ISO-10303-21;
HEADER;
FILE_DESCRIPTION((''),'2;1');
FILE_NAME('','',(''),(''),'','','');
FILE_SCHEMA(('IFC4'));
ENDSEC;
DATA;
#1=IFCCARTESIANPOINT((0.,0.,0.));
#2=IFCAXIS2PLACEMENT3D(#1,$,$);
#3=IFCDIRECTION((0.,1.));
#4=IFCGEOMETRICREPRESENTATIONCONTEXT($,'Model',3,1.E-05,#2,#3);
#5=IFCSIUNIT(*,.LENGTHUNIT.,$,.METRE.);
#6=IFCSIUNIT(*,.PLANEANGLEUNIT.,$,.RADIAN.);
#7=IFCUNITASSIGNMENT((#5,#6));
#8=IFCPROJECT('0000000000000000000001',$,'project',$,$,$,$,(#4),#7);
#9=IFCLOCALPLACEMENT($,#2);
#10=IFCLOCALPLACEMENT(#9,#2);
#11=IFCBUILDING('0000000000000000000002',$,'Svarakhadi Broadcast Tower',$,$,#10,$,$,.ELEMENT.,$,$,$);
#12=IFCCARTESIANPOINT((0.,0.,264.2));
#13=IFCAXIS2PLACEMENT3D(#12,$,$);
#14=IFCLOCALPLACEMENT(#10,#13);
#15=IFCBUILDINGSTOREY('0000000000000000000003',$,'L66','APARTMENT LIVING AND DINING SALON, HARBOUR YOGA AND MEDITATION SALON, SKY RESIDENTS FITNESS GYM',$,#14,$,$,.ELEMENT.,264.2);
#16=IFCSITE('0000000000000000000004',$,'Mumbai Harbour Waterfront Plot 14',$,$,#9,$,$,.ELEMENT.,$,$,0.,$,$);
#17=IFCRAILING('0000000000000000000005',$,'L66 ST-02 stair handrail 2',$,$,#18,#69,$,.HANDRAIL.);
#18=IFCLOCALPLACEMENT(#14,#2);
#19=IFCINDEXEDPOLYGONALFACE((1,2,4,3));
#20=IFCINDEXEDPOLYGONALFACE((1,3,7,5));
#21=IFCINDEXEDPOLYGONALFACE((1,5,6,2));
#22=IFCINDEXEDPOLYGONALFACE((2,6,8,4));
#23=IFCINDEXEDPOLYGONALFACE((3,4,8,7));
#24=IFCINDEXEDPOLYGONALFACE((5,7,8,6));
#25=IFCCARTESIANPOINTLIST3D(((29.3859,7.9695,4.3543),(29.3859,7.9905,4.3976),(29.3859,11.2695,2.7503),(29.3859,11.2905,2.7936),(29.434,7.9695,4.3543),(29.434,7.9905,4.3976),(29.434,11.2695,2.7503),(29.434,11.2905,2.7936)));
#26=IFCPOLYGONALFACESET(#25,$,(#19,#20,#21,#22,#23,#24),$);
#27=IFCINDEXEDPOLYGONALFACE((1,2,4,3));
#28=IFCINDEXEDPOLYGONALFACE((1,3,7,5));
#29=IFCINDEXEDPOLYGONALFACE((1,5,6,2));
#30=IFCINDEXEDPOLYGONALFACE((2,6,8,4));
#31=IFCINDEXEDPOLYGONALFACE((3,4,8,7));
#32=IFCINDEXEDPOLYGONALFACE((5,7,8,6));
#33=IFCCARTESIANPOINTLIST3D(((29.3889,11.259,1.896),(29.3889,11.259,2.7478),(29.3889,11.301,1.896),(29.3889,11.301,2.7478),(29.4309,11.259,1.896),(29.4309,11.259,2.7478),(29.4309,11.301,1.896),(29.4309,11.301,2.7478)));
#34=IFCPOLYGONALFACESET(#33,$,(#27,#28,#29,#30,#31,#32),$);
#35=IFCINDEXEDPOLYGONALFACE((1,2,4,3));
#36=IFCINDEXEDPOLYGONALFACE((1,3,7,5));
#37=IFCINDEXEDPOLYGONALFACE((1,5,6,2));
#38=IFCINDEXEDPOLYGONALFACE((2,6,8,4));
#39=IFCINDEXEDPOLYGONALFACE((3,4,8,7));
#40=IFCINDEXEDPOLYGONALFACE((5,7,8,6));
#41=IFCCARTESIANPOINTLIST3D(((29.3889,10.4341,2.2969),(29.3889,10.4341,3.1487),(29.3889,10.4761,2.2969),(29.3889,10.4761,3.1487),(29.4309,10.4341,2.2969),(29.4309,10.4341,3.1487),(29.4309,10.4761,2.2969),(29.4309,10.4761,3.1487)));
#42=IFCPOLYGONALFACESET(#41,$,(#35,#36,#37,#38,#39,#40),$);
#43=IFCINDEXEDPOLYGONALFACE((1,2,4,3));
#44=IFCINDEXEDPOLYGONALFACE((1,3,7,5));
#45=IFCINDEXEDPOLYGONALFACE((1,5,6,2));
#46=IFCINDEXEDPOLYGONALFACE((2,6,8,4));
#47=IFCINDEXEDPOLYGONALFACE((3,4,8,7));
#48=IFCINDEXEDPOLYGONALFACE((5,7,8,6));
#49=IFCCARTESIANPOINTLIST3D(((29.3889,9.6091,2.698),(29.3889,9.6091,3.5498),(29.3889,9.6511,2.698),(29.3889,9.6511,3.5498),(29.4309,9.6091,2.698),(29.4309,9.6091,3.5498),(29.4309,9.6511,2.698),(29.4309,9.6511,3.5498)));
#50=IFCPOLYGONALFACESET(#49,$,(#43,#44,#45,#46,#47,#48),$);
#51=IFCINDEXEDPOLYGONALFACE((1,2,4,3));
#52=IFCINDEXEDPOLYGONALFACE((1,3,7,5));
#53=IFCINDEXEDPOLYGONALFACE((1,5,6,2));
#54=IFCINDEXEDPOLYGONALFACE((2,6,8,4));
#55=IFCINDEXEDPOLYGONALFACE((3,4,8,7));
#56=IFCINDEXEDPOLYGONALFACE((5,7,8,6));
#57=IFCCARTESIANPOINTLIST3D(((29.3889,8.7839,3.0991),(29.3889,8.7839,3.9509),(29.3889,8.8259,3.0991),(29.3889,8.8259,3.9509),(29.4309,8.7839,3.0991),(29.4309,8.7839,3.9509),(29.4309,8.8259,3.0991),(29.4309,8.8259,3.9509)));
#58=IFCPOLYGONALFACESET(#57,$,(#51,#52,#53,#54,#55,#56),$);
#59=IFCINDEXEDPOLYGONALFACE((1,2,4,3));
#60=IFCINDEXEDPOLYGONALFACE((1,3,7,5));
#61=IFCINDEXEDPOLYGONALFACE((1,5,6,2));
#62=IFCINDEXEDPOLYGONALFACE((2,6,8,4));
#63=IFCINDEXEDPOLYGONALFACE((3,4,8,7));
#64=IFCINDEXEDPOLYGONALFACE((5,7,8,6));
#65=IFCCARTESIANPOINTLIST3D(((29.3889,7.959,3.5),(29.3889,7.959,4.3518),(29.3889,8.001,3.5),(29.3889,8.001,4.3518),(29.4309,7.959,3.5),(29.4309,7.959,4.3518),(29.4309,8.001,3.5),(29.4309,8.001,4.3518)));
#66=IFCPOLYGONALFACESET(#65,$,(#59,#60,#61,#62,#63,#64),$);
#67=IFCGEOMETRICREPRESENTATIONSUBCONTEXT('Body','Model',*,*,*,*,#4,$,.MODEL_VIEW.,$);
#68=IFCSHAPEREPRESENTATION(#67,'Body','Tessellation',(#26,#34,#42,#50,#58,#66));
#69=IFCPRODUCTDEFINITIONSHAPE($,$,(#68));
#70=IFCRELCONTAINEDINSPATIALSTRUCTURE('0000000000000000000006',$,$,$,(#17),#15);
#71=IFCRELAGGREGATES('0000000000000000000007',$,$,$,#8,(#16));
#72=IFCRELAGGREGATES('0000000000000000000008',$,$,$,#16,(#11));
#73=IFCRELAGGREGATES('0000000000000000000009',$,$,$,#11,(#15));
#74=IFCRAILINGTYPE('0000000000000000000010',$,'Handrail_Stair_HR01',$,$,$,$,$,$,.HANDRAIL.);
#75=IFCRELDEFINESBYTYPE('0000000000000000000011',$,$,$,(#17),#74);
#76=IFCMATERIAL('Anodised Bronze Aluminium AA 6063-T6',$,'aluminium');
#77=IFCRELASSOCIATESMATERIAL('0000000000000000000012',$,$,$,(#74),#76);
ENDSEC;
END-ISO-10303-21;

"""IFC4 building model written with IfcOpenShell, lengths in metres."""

from ifc_helpers import new_model, si_unit, direction, frame, origin, origin_2d, place, context, subcontext, project, spatial, rectangle, extrude, material, type_object, element, save


model = new_model("IFC4")

# Units and contexts
model_context = context("Model", 3, precision=1e-05, world=origin(), true_north=direction((0.0, 1.0)))
body_context = subcontext(model_context, "Body", "Model", "MODEL_VIEW")
ifc_project = project(units=[si_unit("LENGTHUNIT", "METRE"), si_unit("PLANEANGLEUNIT", "RADIAN")], contexts=[model_context])

# Site, building, storey
site_placement = place(None, origin())
site = spatial("IfcSite", under=ifc_project, at=site_placement, Name="Mumbai Harbour Waterfront Plot 14", CompositionType="ELEMENT", RefElevation=0.0)
building_placement = place(site_placement, origin())
building = spatial("IfcBuilding", under=site, at=building_placement, Name="Svarakhadi Broadcast Tower", CompositionType="ELEMENT")
storey_placement = place(building_placement, frame((0.0, 0.0, 264.2)))
storey = spatial("IfcBuildingStorey", under=building, at=storey_placement, Name="L66", Description="APARTMENT LIVING AND DINING SALON, HARBOUR YOGA AND MEDITATION SALON, SKY RESIDENTS FITNESS GYM", CompositionType="ELEMENT", Elevation=264.2)

# Shared definitions
ifc_material_1 = material(Name="Anodised Bronze Aluminium AA 6063-T6", Category="aluminium")

# Railing
railing_type = type_object("IfcRailingType", Name="Handrail_Stair_HR01", PredefinedType="HANDRAIL", material=ifc_material_1)
railing_placement = place(storey_placement, frame((29.4099, 11.28, 1.896)))
element("IfcRailing", 1, at=railing_placement, inside=storey, type_object=railing_type, Name="L66 ST-02 stair handrail 2", PredefinedType="HANDRAIL", context=body_context, shape_type="SweptSolid", body=[
    extrude(rectangle(XDim=0.0481, YDim=0.0481, at=origin_2d()), frame((0.0, 0.0, 0.876), z_axis=(0.0, -0.899388, 0.437152), x_axis=(1.0, 0.0, 0.0)), (0.0, 0.0, 1.0), 3.6692),
    extrude(rectangle(XDim=0.042, YDim=0.042, at=origin_2d()), origin(), (0.0, 0.0, 1.0), 0.8518),
    extrude(rectangle(XDim=0.042, YDim=0.042, at=origin_2d()), frame((0.0, -0.825, 0.4009)), (0.0, 0.0, 1.0), 0.8518),
    extrude(rectangle(XDim=0.042, YDim=0.042, at=origin_2d()), frame((0.0, -1.6499, 0.802)), (0.0, 0.0, 1.0), 0.8518),
    extrude(rectangle(XDim=0.042, YDim=0.042, at=origin_2d()), frame((0.0, -2.4751, 1.2031)), (0.0, 0.0, 1.0), 0.8518),
    extrude(rectangle(XDim=0.042, YDim=0.042, at=origin_2d()), frame((0.0, -3.3, 1.604)), (0.0, 0.0, 1.0), 0.8518),
])

save(model, "model.ifc")
